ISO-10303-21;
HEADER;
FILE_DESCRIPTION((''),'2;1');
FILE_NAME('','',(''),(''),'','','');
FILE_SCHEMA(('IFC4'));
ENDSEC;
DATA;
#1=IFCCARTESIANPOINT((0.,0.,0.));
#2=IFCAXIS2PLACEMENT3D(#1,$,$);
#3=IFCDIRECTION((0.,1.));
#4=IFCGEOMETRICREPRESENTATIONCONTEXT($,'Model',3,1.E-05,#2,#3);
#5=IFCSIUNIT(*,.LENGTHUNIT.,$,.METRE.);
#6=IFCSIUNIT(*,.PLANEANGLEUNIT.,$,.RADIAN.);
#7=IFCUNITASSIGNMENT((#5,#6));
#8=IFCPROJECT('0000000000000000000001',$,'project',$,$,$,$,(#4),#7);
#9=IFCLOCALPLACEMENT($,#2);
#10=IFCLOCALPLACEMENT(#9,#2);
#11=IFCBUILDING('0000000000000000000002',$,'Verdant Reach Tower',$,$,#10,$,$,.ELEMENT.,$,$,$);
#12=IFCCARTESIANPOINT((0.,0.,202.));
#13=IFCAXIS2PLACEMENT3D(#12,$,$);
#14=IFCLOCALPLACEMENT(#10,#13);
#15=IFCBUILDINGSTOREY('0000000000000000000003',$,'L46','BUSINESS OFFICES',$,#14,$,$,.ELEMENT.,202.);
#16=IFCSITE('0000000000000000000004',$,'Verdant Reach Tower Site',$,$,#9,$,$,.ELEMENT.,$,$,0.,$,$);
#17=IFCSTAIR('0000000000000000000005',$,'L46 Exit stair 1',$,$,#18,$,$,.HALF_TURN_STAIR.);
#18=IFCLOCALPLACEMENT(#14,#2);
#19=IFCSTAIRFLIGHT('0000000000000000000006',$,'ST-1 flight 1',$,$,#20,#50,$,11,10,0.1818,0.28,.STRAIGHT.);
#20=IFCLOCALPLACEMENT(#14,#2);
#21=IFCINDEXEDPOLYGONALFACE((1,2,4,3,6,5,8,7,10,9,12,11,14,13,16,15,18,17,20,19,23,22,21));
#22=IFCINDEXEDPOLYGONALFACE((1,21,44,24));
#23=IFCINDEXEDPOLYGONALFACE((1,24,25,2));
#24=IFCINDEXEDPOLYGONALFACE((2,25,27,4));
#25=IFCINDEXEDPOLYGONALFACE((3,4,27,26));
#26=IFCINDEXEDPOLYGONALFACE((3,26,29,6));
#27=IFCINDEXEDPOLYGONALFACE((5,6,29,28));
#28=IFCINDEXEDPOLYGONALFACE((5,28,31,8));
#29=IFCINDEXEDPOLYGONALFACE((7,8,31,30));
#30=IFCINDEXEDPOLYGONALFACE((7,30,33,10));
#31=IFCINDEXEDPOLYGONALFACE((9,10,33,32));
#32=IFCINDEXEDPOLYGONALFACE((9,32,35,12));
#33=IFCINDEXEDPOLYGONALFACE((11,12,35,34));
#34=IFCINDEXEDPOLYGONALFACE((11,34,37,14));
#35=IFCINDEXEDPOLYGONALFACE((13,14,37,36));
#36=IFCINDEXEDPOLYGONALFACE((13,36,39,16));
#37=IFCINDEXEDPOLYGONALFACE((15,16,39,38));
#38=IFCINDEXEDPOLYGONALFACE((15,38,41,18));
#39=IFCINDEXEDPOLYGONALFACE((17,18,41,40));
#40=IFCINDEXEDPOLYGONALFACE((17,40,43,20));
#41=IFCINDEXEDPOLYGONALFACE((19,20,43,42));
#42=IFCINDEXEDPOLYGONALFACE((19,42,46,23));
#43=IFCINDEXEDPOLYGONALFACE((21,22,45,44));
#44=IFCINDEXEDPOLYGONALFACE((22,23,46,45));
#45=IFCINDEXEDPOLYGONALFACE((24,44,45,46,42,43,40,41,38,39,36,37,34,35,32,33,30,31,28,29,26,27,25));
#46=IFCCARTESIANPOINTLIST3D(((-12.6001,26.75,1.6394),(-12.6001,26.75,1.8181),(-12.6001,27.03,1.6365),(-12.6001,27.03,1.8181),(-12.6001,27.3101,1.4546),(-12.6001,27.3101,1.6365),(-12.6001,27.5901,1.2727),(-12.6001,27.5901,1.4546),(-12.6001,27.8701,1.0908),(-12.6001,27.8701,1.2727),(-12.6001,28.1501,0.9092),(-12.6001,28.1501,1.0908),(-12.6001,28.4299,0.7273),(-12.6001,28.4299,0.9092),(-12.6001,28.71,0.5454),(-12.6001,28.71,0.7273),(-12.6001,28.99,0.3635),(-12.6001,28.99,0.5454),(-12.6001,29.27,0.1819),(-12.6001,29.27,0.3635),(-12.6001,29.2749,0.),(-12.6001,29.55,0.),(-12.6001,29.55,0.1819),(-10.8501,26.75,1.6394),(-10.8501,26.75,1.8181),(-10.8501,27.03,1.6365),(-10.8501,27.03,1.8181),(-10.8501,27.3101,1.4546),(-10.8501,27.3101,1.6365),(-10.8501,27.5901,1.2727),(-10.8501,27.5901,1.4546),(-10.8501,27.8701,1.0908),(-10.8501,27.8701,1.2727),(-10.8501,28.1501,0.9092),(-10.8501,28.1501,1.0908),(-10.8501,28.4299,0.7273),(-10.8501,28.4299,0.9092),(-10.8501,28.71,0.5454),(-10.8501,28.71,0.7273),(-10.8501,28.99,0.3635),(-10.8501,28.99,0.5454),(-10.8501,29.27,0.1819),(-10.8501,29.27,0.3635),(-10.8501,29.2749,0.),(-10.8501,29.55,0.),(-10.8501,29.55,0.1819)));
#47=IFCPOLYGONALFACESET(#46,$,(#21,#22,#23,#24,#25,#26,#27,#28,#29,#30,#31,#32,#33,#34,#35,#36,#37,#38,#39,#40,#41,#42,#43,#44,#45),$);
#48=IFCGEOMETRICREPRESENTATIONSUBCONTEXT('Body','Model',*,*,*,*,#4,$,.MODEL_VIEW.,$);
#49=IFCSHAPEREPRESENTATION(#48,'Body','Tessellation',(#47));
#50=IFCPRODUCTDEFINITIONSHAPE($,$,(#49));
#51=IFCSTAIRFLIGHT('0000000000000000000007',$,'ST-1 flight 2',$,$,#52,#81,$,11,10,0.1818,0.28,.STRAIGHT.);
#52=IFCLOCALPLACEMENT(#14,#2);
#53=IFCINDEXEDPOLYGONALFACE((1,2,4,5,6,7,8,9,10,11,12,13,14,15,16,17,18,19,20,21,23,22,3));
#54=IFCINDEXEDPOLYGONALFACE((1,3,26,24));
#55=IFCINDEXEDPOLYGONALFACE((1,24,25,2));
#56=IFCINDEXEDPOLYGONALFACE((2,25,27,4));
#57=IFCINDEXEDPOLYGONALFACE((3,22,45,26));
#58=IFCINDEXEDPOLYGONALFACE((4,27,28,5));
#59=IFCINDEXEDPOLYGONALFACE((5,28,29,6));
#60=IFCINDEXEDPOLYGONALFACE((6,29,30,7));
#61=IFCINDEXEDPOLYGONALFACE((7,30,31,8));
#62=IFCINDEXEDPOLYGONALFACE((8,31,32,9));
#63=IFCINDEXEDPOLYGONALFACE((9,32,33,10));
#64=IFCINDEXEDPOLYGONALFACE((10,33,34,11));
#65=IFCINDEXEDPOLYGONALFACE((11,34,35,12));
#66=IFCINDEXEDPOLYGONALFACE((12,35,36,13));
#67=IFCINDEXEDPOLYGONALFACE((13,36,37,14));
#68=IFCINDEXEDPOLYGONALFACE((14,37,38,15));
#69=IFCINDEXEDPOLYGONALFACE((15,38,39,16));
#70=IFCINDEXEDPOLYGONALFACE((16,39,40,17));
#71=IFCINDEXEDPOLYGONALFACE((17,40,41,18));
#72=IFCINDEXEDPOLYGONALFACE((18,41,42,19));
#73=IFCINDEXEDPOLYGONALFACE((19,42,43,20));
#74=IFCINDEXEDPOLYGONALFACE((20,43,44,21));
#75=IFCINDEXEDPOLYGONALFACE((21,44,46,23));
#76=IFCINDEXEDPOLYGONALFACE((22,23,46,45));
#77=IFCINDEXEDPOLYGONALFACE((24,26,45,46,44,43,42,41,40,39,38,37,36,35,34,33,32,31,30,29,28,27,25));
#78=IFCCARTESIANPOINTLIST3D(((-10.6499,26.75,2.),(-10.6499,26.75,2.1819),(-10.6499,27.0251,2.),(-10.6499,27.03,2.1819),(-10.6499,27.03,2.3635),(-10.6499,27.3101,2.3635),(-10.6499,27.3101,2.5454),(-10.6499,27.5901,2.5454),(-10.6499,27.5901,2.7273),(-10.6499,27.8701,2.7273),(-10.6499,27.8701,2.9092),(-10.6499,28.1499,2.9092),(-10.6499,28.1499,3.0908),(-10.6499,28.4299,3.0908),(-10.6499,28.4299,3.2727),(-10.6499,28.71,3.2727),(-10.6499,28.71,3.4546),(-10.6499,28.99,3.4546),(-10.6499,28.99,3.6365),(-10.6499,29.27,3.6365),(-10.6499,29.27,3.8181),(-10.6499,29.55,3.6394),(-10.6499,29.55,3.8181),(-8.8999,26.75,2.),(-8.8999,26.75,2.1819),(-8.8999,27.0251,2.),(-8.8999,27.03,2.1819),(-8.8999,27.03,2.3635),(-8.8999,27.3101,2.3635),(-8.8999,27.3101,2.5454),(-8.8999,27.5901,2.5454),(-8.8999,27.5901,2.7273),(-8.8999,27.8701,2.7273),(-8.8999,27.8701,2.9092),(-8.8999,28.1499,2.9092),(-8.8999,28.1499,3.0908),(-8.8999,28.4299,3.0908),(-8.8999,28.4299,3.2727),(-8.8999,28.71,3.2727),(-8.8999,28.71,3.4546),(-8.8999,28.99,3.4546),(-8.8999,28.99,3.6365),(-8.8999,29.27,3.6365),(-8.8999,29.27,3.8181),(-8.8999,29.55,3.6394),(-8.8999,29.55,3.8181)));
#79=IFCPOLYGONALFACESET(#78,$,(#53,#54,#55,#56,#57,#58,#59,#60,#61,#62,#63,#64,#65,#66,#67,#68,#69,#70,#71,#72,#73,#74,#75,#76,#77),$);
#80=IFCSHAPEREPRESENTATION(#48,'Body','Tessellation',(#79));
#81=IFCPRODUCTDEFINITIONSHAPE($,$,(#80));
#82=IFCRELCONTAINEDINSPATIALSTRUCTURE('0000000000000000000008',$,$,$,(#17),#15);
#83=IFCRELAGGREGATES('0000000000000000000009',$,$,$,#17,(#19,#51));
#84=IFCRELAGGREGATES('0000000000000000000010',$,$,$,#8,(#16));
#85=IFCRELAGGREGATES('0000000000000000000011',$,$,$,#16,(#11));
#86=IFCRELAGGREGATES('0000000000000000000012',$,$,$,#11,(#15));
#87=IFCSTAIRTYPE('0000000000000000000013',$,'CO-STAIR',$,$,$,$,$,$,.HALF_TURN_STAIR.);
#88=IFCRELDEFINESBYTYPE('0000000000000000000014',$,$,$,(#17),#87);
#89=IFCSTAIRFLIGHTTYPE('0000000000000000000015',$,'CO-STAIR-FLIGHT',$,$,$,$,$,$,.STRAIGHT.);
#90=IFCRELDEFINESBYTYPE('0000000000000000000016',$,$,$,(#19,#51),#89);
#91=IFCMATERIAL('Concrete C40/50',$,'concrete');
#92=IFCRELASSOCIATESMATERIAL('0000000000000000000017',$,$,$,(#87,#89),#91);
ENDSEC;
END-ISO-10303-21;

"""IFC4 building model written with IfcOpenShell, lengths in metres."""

from ifc_helpers import new_model, si_unit, direction, frame, origin, place, context, subcontext, project, spatial, polyline, outline, extrude, material, type_object, element, aggregate, save


model = new_model("IFC4")

# Units and contexts
model_context = context("Model", 3, precision=1e-05, world=origin(), true_north=direction((0.0, 1.0)))
body_context = subcontext(model_context, "Body", "Model", "MODEL_VIEW")
ifc_project = project(units=[si_unit("LENGTHUNIT", "METRE"), si_unit("PLANEANGLEUNIT", "RADIAN")], contexts=[model_context])

# Site, building, storey
site_placement = place(None, origin())
site = spatial("IfcSite", under=ifc_project, at=site_placement, Name="Verdant Reach Tower Site", CompositionType="ELEMENT", RefElevation=0.0)
building_placement = place(site_placement, origin())
building = spatial("IfcBuilding", under=site, at=building_placement, Name="Verdant Reach Tower", CompositionType="ELEMENT")
storey_placement = place(building_placement, frame((0.0, 0.0, 202.0)))
storey = spatial("IfcBuildingStorey", under=building, at=storey_placement, Name="L46", Description="BUSINESS OFFICES", CompositionType="ELEMENT", Elevation=202.0)

# Shared definitions
ifc_material_1 = material(Name="Concrete C40/50", Category="concrete")

# Stair, stair flights
stair_type = type_object("IfcStairType", Name="CO-STAIR", PredefinedType="HALF_TURN_STAIR", material=ifc_material_1)
stair_placement = place(storey_placement, origin())
stair = element("IfcStair", 1, at=stair_placement, inside=storey, type_object=stair_type, Name="L46 Exit stair 1", PredefinedType="HALF_TURN_STAIR")
stair_flight_type = type_object("IfcStairFlightType", Name="CO-STAIR-FLIGHT", PredefinedType="STRAIGHT", material=ifc_material_1)
stair_flight_1_placement = place(storey_placement, frame((-11.7251, 29.55, 0.0), z_axis=(0.0, 0.0, 1.0), x_axis=(0.0, -1.0, 0.0)))
stair_flight_1 = element("IfcStairFlight", 2, at=stair_flight_1_placement, type_object=stair_flight_type, Name="ST-1 flight 1", NumberOfRisers=11, NumberOfTreads=10, PredefinedType="STRAIGHT", RiserHeight=0.1818, TreadLength=0.28, context=body_context, shape_type="SweptSolid", body=[
    extrude(outline(polyline([(0.0, 0.0), (0.0, 0.1819), (0.28, 0.1819), (0.28, 0.3635), (0.5601, 0.3635), (0.5601, 0.5454), (0.8401, 0.5454), (0.8401, 0.7273), (1.1201, 0.7273), (1.1201, 0.9092), (1.3999, 0.9092), (1.3999, 1.0908), (1.6799, 1.0908), (1.6799, 1.2727), (1.96, 1.2727), (1.96, 1.4546), (2.24, 1.4546), (2.24, 1.6365), (2.52, 1.6365), (2.52, 1.8181), (2.8, 1.8181), (2.8, 2.0), (2.8, 1.6394), (0.2751, 0.0), (0.0, 0.0)])), frame((0.0, 0.875, 0.0), z_axis=(0.0, -1.0, 0.0), x_axis=(1.0, 0.0, 0.0)), (0.0, 0.0, 1.0), 1.75),
])
stair_flight_2_placement = place(storey_placement, frame((-9.7749, 26.75, 2.0), z_axis=(0.0, 0.0, 1.0), x_axis=(0.0, 1.0, 0.0)))
stair_flight_2 = element("IfcStairFlight", 3, at=stair_flight_2_placement, type_object=stair_flight_type, Name="ST-1 flight 2", NumberOfRisers=11, NumberOfTreads=10, PredefinedType="STRAIGHT", RiserHeight=0.1818, TreadLength=0.28, context=body_context, shape_type="SweptSolid", body=[
    extrude(outline(polyline([(0.0, 0.0), (0.0, 0.1819), (0.28, 0.1819), (0.28, 0.3635), (0.5601, 0.3635), (0.5601, 0.5454), (0.8401, 0.5454), (0.8401, 0.7273), (1.1201, 0.7273), (1.1201, 0.9092), (1.3999, 0.9092), (1.3999, 1.0908), (1.6799, 1.0908), (1.6799, 1.2727), (1.96, 1.2727), (1.96, 1.4546), (2.24, 1.4546), (2.24, 1.6365), (2.52, 1.6365), (2.52, 1.8181), (2.8, 1.8181), (2.8, 2.0), (2.8, 1.6394), (0.2751, 0.0), (0.0, 0.0)])), frame((0.0, 0.875, 0.0), z_axis=(0.0, -1.0, 0.0), x_axis=(1.0, 0.0, 0.0)), (0.0, 0.0, 1.0), 1.75),
])
aggregate(stair, [stair_flight_1, stair_flight_2])

save(model, "model.ifc")
